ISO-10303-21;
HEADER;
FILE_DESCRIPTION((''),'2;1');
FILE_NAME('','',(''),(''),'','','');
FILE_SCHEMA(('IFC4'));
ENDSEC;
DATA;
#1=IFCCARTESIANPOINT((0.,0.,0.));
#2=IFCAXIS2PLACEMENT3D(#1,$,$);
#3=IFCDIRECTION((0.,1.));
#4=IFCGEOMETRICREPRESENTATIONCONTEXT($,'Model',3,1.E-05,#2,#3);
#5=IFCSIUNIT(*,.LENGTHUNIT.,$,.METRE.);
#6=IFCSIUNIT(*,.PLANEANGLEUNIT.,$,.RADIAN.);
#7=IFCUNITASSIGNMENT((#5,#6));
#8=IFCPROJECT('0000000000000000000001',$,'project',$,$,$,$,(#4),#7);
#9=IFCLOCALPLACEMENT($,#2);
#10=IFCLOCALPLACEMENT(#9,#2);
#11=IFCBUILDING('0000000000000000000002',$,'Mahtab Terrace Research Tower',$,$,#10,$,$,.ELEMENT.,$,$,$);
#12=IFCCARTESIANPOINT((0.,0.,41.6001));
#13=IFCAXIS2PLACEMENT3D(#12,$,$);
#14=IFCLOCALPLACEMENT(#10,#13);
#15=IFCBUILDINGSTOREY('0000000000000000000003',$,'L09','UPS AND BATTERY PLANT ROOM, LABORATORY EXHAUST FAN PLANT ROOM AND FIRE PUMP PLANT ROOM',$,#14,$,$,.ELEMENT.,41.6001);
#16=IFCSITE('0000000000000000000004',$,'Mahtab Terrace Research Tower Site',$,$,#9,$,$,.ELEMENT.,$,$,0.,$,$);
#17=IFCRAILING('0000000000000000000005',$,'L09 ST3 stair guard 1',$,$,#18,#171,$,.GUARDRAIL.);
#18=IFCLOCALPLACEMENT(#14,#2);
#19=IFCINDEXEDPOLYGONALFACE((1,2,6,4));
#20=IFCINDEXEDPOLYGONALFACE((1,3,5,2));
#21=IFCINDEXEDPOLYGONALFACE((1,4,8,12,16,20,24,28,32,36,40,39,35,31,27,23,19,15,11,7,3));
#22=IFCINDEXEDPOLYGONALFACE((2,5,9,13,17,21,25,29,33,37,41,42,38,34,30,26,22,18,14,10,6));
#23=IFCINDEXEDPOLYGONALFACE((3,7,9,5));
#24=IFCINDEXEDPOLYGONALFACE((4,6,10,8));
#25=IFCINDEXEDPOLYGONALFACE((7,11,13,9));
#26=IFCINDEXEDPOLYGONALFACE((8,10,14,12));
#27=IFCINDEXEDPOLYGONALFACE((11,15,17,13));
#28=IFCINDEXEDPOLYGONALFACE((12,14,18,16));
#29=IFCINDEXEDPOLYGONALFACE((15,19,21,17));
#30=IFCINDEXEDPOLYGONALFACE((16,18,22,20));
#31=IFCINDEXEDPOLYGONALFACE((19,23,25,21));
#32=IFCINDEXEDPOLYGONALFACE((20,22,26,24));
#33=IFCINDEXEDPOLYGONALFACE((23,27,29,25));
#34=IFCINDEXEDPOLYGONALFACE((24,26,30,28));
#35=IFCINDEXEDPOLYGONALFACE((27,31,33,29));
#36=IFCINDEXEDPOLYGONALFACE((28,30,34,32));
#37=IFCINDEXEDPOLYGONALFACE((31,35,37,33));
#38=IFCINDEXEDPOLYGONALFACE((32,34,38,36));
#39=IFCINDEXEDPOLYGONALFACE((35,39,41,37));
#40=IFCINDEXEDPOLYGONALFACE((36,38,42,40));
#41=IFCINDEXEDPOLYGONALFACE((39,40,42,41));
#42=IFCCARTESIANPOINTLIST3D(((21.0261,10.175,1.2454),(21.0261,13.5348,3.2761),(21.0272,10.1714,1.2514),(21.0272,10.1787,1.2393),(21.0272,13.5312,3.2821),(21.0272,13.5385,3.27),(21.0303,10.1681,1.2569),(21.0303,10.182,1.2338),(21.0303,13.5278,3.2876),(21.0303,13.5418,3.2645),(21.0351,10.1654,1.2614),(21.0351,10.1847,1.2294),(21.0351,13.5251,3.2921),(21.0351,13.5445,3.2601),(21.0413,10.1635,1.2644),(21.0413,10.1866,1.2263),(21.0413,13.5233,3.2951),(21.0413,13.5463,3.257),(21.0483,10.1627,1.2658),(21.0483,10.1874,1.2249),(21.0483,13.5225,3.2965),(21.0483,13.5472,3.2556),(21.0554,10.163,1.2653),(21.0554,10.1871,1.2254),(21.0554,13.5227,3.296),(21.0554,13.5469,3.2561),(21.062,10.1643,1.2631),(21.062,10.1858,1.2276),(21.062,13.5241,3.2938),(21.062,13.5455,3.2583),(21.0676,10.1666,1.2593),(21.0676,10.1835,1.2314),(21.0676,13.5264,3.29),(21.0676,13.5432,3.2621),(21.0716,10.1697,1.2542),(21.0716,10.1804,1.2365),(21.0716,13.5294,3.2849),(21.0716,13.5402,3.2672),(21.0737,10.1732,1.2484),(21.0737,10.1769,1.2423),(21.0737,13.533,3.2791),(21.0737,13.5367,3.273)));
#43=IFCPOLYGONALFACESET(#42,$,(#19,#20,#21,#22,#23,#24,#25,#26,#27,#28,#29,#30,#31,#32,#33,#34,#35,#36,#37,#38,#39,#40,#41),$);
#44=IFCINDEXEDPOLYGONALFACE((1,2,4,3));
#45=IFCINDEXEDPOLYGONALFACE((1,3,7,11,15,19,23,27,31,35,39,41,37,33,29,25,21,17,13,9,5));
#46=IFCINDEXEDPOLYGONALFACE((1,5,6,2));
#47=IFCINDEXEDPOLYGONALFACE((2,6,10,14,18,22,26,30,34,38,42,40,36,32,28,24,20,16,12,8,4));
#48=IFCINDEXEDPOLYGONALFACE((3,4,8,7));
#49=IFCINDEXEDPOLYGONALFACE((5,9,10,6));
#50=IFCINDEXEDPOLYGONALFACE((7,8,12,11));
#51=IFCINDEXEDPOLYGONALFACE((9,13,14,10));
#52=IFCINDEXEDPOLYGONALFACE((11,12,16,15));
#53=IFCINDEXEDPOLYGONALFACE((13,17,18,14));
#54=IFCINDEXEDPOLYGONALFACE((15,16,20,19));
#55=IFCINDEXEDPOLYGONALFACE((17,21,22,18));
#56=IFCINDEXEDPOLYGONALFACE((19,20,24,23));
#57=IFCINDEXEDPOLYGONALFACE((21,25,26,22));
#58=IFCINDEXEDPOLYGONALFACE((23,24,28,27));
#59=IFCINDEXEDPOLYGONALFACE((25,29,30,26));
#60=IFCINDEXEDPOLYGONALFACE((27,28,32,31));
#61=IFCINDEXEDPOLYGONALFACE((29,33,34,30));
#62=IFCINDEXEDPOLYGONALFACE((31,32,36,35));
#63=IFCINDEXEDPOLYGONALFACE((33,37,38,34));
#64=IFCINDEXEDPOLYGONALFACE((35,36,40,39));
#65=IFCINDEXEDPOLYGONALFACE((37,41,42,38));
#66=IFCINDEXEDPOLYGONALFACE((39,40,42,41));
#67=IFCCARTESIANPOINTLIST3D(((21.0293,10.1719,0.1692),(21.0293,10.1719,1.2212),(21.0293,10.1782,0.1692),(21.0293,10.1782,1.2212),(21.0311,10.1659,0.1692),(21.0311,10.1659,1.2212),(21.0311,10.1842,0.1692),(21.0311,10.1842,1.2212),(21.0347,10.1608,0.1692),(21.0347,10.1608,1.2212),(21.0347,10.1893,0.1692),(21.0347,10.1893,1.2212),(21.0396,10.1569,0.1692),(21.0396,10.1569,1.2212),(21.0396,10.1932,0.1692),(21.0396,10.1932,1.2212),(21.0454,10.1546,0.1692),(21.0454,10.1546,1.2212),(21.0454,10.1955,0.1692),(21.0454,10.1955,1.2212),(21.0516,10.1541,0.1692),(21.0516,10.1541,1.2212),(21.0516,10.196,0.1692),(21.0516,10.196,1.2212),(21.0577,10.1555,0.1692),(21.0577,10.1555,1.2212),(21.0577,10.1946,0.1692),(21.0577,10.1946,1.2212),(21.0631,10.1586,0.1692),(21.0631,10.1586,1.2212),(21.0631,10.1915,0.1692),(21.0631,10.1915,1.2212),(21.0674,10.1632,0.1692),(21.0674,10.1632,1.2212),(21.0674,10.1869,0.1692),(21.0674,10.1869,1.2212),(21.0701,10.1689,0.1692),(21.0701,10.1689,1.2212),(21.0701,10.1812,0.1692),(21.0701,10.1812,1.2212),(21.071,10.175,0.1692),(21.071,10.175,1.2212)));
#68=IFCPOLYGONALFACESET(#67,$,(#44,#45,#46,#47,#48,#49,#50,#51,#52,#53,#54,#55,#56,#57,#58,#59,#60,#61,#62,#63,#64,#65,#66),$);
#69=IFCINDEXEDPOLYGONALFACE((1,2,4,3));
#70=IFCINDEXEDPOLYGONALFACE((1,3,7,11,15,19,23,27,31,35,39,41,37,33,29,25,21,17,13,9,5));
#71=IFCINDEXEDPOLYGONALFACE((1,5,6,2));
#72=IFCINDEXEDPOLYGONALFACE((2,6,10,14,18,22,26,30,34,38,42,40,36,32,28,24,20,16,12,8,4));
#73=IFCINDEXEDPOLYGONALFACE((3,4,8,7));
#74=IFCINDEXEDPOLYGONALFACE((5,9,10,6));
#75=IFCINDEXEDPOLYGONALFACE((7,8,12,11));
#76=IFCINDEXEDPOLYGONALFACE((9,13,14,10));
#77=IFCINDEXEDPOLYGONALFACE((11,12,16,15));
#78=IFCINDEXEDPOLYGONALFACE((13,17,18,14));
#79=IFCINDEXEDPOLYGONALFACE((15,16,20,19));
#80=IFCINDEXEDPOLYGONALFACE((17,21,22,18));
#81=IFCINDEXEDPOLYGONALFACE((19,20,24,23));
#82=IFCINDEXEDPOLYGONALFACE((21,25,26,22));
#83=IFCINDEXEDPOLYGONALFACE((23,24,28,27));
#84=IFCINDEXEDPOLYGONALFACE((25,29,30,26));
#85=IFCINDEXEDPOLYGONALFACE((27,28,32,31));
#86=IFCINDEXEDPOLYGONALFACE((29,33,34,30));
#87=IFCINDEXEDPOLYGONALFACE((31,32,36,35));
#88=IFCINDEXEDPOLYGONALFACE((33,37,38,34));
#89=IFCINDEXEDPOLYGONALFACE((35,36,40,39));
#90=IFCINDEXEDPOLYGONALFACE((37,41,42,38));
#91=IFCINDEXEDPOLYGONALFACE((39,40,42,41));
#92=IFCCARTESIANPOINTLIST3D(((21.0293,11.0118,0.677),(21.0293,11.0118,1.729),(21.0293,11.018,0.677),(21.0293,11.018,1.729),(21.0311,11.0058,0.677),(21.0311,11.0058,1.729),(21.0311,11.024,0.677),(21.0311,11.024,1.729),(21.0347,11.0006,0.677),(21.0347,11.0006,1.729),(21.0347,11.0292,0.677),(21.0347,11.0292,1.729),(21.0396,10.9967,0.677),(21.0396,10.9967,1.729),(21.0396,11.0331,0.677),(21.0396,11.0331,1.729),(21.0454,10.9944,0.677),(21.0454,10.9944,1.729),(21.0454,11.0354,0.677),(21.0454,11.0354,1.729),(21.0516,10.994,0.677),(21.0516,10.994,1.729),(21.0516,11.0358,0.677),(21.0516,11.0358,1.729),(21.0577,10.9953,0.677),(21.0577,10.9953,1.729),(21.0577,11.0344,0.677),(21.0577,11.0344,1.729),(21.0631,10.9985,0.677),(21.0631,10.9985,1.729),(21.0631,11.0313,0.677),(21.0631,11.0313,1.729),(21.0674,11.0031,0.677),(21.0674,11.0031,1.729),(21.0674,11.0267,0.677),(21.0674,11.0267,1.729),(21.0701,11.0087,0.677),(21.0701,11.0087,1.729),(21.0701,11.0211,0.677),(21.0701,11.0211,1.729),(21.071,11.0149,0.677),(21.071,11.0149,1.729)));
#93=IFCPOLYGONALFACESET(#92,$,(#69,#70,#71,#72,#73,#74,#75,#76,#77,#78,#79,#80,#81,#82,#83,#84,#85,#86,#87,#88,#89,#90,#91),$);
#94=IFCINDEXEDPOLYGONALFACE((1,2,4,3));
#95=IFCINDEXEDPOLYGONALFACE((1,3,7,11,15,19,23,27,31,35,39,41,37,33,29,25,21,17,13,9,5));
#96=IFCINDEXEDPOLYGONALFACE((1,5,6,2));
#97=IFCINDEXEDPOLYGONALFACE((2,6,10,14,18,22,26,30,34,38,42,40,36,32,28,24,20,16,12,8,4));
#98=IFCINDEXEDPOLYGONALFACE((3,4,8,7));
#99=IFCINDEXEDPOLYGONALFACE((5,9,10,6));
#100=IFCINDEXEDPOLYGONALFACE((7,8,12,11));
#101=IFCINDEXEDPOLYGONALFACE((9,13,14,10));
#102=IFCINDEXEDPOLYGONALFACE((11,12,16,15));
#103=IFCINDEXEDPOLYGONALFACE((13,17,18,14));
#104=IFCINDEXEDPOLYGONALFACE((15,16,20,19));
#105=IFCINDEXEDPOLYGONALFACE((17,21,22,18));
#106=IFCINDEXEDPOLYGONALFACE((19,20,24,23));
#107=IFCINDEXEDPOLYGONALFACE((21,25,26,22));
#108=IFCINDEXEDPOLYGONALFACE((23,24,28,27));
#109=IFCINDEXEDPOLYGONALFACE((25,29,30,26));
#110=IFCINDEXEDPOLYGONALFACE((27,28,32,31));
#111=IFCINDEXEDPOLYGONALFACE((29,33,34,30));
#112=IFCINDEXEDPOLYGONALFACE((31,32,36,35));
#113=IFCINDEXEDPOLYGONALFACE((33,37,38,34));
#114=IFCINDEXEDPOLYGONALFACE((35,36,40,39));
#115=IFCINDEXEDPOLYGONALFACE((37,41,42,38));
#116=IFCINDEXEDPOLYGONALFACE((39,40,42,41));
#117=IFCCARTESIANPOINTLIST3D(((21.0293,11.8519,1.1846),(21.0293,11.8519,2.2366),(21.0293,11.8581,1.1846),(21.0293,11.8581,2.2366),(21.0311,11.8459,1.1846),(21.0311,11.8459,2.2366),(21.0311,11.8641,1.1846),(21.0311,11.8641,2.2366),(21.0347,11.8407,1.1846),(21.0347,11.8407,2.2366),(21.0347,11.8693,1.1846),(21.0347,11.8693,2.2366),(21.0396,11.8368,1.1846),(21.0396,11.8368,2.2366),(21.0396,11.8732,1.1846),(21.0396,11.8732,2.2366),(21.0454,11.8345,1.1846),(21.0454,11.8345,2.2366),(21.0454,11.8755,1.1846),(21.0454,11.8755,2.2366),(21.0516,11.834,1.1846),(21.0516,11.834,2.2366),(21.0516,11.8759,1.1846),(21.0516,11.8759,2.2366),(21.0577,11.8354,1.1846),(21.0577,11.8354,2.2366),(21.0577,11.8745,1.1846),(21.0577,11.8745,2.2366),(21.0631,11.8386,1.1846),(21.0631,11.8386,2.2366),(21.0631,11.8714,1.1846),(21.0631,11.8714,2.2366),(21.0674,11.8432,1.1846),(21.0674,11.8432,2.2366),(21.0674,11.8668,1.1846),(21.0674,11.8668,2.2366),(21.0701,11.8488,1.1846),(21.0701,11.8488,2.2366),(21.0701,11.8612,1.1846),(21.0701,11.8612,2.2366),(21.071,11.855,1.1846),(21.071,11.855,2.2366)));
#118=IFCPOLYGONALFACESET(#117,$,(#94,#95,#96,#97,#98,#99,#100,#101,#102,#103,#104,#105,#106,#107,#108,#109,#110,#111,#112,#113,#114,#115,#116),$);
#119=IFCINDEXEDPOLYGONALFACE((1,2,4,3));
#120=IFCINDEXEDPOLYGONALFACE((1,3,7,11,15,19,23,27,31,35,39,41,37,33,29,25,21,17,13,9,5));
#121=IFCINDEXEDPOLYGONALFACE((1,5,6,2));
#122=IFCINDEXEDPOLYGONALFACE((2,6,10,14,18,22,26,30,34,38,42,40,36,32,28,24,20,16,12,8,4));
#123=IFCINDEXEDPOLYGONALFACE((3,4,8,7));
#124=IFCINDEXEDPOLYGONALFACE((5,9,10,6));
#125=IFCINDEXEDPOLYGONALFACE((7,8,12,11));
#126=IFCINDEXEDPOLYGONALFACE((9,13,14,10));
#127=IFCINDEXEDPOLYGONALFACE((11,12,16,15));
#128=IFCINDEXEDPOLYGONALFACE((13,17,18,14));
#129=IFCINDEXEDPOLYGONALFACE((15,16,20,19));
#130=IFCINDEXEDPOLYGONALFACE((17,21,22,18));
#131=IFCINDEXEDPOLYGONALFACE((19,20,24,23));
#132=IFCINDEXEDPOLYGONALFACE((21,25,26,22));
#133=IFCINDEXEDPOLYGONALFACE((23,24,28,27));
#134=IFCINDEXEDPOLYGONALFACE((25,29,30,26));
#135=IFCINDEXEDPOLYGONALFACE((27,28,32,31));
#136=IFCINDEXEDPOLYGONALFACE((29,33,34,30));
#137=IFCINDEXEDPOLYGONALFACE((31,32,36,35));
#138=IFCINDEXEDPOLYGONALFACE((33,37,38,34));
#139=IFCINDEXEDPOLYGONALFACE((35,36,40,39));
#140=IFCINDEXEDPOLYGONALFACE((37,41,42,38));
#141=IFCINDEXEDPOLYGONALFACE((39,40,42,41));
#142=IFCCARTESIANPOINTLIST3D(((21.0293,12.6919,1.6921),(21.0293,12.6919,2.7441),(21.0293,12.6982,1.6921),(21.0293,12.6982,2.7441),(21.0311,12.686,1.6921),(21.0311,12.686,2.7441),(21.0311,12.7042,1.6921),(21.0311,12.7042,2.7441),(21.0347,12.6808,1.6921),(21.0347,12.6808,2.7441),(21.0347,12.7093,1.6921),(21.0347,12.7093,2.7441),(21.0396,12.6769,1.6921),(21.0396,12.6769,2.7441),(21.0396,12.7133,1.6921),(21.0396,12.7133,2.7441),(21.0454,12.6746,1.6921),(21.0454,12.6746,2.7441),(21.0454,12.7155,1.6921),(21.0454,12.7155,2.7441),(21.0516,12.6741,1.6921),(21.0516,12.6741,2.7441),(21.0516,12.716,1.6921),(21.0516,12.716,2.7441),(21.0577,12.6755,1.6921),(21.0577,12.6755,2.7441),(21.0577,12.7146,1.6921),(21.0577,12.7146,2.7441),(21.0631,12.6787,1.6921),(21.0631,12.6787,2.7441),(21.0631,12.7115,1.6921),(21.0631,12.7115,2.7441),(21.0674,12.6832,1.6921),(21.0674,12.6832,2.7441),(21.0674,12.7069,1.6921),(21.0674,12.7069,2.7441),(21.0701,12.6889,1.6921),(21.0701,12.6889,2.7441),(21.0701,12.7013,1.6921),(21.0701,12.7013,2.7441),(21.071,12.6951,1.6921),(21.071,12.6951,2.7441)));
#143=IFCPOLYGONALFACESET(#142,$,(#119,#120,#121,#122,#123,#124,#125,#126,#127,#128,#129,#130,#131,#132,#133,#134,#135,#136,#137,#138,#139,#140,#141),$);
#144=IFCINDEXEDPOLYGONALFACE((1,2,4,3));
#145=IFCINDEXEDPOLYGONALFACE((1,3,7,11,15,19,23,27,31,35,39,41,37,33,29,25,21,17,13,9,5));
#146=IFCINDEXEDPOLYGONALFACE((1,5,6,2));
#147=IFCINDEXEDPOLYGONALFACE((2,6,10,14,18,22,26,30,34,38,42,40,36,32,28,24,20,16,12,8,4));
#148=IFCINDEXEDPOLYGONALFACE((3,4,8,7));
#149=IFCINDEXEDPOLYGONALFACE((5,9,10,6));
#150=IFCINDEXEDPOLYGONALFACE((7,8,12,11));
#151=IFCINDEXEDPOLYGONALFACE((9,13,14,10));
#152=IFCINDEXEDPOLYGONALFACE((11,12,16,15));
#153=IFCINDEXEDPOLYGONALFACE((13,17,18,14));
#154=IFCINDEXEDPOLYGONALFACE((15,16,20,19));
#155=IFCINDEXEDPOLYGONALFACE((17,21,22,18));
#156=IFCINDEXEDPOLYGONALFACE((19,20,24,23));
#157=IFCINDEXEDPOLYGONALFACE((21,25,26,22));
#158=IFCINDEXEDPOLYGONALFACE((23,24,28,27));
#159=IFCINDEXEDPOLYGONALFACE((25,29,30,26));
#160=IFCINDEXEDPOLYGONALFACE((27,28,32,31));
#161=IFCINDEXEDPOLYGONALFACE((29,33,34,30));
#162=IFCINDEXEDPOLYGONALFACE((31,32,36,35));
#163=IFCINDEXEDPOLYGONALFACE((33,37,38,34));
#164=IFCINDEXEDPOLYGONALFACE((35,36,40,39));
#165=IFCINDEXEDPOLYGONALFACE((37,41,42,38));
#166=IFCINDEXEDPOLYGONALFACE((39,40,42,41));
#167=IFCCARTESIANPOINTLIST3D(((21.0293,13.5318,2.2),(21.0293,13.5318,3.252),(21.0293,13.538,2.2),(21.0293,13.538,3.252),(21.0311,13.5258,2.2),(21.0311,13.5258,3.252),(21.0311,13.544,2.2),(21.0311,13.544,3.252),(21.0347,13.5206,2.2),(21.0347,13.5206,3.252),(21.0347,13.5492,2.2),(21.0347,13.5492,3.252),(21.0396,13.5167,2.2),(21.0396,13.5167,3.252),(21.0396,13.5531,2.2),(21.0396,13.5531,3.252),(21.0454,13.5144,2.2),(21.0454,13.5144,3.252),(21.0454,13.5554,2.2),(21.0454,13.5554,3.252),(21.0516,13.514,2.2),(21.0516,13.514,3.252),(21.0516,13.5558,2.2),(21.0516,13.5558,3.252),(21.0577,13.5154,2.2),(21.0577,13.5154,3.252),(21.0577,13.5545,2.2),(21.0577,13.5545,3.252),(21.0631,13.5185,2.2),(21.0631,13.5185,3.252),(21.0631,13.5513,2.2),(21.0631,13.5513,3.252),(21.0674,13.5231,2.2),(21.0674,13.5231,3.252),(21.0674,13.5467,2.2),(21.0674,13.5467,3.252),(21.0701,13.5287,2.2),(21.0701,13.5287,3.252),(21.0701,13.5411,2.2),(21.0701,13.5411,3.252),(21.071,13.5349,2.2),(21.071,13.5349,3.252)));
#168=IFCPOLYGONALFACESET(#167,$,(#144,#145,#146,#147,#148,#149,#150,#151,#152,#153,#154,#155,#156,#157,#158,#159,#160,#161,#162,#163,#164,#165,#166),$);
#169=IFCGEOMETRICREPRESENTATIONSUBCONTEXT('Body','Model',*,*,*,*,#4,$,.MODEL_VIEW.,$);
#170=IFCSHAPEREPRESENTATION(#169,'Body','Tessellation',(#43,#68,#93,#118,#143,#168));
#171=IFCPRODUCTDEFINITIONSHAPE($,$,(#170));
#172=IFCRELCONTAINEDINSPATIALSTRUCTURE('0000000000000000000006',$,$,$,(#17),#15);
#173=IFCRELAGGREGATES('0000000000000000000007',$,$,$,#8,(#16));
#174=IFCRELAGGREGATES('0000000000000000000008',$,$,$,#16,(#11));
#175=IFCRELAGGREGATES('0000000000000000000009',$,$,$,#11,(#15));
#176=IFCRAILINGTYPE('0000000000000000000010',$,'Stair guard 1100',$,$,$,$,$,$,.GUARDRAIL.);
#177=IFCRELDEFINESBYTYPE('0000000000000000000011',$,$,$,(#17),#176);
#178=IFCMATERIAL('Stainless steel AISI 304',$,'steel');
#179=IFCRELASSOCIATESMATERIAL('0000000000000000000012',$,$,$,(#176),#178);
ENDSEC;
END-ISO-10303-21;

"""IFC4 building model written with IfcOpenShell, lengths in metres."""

from ifc_helpers import new_model, si_unit, direction, frame, origin, origin_2d, place, context, subcontext, project, spatial, circle, extrude, material, type_object, element, save


model = new_model("IFC4")

# Units and contexts
model_context = context("Model", 3, precision=1e-05, world=origin(), true_north=direction((0.0, 1.0)))
body_context = subcontext(model_context, "Body", "Model", "MODEL_VIEW")
ifc_project = project(units=[si_unit("LENGTHUNIT", "METRE"), si_unit("PLANEANGLEUNIT", "RADIAN")], contexts=[model_context])

# Site, building, storey
site_placement = place(None, origin())
site = spatial("IfcSite", under=ifc_project, at=site_placement, Name="Mahtab Terrace Research Tower Site", CompositionType="ELEMENT", RefElevation=0.0)
building_placement = place(site_placement, origin())
building = spatial("IfcBuilding", under=site, at=building_placement, Name="Mahtab Terrace Research Tower", CompositionType="ELEMENT")
storey_placement = place(building_placement, frame((0.0, 0.0, 41.6001)))
storey = spatial("IfcBuildingStorey", under=building, at=storey_placement, Name="L09", Description="UPS AND BATTERY PLANT ROOM, LABORATORY EXHAUST FAN PLANT ROOM AND FIRE PUMP PLANT ROOM", CompositionType="ELEMENT", Elevation=41.6001)

# Railing
ifc_material_1 = material(Name="Stainless steel AISI 304", Category="steel")
railing_type_1 = type_object("IfcRailingType", Name="Stair guard 1100", PredefinedType="GUARDRAIL", material=ifc_material_1)
railing_1_placement = place(storey_placement, frame((21.05, 10.175, 0.1692)))
element("IfcRailing", 1, at=railing_1_placement, inside=storey, type_object=railing_type_1, Name="L09 ST3 stair guard 1", PredefinedType="GUARDRAIL", context=body_context, shape_type="SweptSolid", body=[
    extrude(circle(Radius=0.0239, at=origin_2d()), frame((0.0, 0.0, 1.0762), z_axis=(0.0, 0.85582, 0.517273), x_axis=(-1.0, 0.0, 0.0)), (0.0, 0.0, 1.0), 3.9258),
    extrude(circle(Radius=0.021, at=origin_2d()), origin(), (0.0, 0.0, 1.0), 1.052),
    extrude(circle(Radius=0.021, at=origin_2d()), frame((0.0, 0.8398, 0.5078)), (0.0, 0.0, 1.0), 1.052),
    extrude(circle(Radius=0.021, at=origin_2d()), frame((0.0, 1.6799, 1.0154)), (0.0, 0.0, 1.0), 1.052),
    extrude(circle(Radius=0.021, at=origin_2d()), frame((0.0, 2.52, 1.5229)), (0.0, 0.0, 1.0), 1.052),
    extrude(circle(Radius=0.021, at=origin_2d()), frame((0.0, 3.3599, 2.0308)), (0.0, 0.0, 1.0), 1.052),
])

save(model, "model.ifc")
